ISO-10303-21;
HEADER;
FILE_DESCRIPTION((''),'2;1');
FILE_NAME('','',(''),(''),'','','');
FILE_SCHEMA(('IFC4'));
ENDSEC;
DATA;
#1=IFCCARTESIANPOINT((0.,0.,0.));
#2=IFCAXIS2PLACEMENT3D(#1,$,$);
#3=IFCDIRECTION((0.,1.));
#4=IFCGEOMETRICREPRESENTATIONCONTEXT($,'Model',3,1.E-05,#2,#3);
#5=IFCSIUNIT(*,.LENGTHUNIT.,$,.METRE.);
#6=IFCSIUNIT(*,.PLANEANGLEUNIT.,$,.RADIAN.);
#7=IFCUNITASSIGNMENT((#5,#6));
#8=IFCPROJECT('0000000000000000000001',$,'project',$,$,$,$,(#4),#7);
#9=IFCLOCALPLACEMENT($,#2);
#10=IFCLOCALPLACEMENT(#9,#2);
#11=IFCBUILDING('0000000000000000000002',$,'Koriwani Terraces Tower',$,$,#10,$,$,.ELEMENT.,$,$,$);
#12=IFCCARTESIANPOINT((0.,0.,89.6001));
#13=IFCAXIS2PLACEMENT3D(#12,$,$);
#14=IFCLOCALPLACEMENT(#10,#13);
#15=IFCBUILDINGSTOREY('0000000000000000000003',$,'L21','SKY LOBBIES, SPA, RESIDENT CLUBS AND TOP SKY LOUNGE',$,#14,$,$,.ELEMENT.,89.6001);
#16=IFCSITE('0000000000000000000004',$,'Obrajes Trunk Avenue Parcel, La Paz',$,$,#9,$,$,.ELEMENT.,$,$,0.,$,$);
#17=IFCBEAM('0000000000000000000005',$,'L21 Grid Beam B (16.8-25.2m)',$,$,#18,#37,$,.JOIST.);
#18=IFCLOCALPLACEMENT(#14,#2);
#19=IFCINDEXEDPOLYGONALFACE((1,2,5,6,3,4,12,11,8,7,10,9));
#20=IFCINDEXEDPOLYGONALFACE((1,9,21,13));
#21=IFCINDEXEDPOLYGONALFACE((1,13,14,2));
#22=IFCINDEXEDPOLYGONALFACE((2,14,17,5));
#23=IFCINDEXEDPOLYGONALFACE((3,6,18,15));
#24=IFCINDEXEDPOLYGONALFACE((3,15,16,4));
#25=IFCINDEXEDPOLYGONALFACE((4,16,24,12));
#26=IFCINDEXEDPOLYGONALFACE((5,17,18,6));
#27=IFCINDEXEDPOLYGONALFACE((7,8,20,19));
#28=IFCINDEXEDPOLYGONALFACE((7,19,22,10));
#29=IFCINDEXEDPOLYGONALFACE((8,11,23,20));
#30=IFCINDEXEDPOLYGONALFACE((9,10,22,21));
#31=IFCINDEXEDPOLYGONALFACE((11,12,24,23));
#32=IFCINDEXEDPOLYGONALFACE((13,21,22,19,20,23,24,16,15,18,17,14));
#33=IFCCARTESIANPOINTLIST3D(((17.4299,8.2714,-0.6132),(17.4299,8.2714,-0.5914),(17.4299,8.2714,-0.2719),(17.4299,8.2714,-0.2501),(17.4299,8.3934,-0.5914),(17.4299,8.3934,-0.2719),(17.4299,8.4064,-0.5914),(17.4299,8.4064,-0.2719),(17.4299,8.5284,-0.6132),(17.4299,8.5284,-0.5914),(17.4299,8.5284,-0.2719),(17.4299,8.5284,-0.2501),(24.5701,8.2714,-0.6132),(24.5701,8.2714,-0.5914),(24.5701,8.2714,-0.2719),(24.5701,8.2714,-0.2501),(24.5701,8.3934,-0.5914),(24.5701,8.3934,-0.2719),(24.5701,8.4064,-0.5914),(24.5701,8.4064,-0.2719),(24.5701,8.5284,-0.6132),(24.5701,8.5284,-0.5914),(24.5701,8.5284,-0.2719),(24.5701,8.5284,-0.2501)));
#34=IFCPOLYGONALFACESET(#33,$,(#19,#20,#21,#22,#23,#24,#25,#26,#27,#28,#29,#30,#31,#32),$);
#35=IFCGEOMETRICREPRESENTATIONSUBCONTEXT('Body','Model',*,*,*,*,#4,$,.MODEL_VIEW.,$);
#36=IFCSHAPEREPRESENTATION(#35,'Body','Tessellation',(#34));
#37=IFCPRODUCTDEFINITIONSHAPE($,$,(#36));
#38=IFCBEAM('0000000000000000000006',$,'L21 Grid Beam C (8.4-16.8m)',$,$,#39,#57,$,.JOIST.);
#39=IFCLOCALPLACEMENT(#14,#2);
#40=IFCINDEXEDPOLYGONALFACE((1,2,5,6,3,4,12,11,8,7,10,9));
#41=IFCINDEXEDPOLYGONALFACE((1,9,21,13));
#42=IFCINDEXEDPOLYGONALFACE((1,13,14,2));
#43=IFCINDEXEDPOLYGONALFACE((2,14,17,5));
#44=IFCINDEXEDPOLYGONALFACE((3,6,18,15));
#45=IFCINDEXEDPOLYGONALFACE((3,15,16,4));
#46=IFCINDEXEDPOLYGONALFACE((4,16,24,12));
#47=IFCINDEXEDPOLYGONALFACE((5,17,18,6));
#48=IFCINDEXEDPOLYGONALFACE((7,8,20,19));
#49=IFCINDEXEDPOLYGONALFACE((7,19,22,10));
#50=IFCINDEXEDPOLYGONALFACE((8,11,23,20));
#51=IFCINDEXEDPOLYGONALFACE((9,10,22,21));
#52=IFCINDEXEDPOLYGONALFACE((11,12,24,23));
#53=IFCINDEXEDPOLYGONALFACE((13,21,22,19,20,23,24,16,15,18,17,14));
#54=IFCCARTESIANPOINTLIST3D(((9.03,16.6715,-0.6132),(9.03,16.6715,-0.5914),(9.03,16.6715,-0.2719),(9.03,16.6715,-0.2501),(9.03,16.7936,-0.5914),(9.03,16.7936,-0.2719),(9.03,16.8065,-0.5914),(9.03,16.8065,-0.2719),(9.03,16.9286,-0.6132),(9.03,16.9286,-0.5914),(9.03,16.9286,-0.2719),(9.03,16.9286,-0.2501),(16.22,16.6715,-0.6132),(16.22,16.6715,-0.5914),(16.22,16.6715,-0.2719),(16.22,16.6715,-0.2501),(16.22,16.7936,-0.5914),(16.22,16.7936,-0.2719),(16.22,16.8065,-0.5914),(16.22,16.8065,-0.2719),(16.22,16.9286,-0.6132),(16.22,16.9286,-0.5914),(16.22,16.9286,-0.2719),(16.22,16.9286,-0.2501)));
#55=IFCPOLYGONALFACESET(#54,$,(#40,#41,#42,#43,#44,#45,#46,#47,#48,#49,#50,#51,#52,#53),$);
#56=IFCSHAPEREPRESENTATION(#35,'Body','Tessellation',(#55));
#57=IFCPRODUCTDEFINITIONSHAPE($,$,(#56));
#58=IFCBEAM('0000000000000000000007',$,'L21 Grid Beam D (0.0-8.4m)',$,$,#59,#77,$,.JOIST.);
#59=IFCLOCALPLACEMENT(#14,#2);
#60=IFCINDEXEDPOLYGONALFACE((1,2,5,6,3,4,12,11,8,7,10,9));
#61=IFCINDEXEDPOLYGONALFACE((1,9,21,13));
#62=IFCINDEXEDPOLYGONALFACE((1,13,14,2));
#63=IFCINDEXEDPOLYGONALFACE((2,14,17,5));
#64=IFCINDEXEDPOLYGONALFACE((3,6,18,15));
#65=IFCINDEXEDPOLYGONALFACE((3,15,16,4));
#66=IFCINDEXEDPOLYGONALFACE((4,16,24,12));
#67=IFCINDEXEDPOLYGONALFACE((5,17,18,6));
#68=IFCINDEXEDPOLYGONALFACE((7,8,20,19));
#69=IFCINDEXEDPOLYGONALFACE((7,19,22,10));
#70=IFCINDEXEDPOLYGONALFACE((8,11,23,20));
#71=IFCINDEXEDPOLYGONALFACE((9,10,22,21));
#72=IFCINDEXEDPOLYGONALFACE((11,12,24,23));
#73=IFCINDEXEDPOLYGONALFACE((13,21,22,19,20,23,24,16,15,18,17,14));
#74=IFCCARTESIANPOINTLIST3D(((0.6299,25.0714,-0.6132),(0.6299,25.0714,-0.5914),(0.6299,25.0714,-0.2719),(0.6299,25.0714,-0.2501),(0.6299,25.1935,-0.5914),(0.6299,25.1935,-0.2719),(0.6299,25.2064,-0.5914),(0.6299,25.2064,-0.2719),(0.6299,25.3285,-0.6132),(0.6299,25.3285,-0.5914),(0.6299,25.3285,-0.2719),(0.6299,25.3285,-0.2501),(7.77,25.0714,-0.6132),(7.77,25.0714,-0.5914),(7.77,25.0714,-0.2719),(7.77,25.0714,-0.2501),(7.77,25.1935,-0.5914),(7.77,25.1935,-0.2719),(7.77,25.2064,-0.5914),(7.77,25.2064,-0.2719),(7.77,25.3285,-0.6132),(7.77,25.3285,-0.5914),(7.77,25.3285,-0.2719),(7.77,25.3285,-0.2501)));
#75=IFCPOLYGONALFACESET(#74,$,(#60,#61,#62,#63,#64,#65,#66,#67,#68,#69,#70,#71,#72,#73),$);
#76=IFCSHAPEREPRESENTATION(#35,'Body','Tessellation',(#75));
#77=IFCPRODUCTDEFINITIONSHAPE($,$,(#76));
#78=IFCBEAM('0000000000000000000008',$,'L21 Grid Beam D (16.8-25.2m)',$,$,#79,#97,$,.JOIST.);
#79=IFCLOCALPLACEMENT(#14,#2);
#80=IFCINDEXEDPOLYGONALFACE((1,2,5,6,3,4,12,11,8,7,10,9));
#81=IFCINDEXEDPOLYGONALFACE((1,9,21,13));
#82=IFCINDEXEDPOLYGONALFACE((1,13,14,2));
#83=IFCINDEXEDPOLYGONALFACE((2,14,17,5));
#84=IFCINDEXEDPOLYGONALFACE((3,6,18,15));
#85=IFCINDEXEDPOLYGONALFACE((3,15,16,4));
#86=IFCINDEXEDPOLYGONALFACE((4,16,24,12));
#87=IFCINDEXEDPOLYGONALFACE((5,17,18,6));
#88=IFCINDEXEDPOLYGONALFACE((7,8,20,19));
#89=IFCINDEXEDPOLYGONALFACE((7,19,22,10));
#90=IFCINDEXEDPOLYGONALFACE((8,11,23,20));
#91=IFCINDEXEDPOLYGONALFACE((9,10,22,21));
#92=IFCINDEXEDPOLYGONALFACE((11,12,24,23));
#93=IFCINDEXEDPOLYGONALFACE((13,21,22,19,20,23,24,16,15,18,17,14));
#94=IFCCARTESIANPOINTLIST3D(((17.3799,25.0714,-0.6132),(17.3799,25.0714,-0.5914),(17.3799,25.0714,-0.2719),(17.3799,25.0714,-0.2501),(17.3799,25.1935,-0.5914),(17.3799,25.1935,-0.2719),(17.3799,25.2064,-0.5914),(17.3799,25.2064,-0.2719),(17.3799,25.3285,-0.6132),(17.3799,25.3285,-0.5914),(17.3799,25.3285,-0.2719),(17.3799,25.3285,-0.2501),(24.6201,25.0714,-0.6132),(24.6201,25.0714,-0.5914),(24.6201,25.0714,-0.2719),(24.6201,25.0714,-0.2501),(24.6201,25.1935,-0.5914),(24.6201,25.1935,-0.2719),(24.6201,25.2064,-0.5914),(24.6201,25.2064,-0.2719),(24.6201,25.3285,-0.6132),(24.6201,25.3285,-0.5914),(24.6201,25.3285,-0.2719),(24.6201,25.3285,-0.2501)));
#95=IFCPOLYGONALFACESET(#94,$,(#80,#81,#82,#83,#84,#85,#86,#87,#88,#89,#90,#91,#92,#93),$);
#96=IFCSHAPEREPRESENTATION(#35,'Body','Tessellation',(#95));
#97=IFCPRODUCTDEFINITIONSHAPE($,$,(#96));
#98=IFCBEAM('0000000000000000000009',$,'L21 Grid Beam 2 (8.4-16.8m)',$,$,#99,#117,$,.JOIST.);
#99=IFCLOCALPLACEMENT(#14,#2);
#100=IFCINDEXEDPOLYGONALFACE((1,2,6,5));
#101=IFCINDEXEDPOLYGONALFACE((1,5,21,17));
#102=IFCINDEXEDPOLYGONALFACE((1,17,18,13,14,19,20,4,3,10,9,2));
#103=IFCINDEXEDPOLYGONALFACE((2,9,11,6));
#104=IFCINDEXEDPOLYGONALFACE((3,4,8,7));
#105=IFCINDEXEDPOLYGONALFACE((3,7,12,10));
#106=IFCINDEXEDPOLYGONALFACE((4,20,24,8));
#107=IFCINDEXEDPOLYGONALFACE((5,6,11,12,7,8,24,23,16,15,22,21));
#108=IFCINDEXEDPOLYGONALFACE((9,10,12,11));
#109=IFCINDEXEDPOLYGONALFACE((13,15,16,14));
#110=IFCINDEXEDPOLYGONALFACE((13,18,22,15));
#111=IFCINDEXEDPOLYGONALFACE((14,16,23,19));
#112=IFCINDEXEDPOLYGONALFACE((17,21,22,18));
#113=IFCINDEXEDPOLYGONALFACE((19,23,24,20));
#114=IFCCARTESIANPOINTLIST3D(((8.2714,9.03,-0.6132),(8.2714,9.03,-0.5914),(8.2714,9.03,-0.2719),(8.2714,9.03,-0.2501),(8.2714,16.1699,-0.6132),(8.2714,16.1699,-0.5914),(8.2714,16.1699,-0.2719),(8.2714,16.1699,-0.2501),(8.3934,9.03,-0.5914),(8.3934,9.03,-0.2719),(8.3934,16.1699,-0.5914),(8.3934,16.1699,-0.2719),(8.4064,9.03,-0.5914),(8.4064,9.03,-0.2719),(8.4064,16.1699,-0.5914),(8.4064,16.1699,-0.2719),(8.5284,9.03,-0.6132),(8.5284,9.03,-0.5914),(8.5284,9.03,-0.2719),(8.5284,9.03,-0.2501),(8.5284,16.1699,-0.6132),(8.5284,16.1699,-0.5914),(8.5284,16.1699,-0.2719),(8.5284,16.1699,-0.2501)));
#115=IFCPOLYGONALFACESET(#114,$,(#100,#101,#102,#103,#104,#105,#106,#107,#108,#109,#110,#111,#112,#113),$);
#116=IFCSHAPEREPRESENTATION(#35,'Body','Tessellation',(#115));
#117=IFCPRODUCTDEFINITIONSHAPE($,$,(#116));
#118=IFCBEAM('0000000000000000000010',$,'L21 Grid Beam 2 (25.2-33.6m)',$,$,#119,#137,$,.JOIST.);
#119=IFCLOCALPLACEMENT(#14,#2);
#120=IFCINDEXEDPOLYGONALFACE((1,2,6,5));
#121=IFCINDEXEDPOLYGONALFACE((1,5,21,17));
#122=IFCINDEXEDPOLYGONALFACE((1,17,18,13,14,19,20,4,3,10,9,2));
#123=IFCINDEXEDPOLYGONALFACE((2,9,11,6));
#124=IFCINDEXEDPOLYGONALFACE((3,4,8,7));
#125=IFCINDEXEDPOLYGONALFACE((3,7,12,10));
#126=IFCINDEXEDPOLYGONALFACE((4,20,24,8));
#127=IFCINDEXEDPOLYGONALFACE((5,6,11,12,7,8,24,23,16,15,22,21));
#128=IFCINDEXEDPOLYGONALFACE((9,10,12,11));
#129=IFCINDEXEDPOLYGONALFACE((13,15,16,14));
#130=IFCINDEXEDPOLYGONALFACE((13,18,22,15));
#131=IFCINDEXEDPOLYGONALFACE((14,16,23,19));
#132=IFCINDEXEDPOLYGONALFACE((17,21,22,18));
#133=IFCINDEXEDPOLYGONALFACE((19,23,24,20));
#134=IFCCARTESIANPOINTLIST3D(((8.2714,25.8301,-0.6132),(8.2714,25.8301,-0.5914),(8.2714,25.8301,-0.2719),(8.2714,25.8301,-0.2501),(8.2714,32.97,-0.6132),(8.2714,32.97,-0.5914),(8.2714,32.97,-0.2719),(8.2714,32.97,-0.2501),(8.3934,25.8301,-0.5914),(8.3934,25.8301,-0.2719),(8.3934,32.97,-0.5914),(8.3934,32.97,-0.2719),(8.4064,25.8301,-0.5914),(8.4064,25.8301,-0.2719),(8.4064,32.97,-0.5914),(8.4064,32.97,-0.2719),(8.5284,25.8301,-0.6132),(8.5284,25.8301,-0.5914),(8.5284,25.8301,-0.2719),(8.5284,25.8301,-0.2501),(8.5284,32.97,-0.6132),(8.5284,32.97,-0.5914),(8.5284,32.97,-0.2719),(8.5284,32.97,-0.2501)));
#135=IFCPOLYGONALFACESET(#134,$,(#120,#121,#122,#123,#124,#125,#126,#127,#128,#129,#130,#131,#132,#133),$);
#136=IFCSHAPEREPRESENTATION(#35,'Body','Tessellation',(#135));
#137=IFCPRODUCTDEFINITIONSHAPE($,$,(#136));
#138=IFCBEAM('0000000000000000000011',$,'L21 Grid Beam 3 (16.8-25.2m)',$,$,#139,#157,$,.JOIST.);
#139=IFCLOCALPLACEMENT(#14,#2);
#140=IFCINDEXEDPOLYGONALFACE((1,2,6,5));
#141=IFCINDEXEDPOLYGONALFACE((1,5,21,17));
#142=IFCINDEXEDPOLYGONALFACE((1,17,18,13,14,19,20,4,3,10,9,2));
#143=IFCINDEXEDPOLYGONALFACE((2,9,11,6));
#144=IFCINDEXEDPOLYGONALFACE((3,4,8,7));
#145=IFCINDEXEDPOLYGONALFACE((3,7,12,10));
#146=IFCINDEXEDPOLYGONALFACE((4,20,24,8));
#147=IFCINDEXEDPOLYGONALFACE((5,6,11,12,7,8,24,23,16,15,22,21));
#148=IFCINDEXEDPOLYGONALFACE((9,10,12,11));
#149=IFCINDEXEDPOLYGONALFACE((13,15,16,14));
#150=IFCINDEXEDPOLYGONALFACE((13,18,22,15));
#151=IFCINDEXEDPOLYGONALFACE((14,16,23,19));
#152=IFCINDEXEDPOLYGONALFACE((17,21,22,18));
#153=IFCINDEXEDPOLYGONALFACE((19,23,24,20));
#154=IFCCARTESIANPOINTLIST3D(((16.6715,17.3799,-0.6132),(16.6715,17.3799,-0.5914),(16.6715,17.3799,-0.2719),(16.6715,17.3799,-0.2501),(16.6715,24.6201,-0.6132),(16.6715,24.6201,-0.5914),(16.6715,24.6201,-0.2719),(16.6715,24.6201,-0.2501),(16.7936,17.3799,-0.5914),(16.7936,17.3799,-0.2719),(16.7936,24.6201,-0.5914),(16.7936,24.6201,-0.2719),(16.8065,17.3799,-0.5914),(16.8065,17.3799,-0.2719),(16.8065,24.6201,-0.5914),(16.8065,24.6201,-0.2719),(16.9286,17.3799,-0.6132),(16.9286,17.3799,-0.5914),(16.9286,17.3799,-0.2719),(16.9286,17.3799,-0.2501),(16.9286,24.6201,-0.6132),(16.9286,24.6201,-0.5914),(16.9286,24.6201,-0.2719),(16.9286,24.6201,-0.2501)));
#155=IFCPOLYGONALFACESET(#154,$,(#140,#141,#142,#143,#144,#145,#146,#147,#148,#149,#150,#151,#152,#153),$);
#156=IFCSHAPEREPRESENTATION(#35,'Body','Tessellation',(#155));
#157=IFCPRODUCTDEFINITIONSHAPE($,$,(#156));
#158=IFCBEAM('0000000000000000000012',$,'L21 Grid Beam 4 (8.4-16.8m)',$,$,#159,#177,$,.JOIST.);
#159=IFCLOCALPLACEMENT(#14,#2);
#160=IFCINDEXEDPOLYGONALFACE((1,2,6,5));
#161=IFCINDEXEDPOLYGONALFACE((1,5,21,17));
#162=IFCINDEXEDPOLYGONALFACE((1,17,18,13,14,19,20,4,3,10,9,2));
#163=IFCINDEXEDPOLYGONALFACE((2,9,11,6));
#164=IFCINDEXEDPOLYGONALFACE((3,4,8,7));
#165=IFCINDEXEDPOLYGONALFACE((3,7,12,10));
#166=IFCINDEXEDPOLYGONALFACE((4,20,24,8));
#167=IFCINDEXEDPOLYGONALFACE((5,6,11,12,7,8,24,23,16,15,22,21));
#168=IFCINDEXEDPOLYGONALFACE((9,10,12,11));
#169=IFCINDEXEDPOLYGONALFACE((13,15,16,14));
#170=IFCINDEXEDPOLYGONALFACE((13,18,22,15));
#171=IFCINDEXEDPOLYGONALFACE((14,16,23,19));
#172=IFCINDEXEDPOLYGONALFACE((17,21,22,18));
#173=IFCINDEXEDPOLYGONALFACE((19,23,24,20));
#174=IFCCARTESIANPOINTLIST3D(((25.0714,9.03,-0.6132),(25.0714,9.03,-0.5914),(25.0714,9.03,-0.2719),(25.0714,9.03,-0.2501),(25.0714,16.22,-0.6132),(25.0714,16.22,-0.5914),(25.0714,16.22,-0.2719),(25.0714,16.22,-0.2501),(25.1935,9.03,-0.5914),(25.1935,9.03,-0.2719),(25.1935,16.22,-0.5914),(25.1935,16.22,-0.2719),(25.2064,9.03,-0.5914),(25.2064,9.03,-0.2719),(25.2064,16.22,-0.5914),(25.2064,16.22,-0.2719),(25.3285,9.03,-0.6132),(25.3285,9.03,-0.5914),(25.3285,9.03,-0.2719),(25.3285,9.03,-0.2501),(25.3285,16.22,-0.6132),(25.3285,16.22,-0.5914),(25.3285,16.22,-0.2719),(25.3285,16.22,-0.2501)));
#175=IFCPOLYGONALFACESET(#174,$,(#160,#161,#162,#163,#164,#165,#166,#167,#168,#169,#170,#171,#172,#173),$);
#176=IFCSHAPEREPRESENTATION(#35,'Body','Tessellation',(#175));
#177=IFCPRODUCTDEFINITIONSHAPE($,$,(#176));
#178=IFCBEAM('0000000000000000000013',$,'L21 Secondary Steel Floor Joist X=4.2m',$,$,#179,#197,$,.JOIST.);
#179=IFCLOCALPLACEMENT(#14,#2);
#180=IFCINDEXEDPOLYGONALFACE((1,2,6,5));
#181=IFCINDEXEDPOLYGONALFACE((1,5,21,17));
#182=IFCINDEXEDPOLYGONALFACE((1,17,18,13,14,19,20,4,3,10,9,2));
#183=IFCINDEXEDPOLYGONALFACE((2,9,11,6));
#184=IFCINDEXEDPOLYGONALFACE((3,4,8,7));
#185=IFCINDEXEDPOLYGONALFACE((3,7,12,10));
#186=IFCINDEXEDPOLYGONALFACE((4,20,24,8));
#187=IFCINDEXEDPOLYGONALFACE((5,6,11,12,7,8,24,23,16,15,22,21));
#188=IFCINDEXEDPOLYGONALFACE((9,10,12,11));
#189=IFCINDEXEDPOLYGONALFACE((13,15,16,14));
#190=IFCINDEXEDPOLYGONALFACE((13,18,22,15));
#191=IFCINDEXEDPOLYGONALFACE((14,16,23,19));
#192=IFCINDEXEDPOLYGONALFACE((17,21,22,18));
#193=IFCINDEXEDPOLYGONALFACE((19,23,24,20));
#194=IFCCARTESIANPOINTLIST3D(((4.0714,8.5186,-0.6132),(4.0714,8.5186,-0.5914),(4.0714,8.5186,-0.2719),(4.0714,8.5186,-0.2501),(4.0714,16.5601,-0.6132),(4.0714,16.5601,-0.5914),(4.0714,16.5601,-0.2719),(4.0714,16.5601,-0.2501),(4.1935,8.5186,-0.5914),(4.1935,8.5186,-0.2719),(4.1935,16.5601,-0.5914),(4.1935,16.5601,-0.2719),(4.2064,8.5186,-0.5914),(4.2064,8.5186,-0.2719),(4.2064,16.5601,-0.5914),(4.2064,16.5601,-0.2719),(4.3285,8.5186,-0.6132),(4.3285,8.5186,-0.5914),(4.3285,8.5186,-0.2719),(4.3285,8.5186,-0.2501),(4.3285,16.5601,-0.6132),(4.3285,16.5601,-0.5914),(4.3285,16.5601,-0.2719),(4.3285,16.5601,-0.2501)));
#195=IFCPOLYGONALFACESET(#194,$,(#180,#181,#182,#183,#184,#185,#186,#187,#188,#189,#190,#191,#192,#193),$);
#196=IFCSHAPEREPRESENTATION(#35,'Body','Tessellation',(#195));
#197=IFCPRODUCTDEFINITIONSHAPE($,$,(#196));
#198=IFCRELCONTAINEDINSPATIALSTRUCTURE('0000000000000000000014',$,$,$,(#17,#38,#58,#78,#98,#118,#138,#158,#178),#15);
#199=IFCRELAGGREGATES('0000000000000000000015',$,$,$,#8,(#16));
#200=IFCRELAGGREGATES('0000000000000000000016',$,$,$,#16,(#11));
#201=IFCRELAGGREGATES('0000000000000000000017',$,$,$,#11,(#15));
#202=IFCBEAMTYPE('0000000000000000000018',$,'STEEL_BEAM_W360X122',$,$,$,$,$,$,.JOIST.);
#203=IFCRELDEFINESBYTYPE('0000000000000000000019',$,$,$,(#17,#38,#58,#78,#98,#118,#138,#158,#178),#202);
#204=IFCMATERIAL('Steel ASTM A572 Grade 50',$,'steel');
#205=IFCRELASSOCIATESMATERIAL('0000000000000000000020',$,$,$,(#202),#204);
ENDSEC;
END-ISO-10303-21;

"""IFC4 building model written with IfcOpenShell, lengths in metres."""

from ifc_helpers import new_model, si_unit, direction, frame, origin, origin_2d, place, context, subcontext, project, spatial, i_section, extrude, material, material_profile, profile_set, type_object, element, save


model = new_model("IFC4")

# Units and contexts
model_context = context("Model", 3, precision=1e-05, world=origin(), true_north=direction((0.0, 1.0)))
body_context = subcontext(model_context, "Body", "Model", "MODEL_VIEW")
ifc_project = project(units=[si_unit("LENGTHUNIT", "METRE"), si_unit("PLANEANGLEUNIT", "RADIAN")], contexts=[model_context])

# Site, building, storey
site_placement = place(None, origin())
site = spatial("IfcSite", under=ifc_project, at=site_placement, Name="Obrajes Trunk Avenue Parcel, La Paz", CompositionType="ELEMENT", RefElevation=0.0)
building_placement = place(site_placement, origin())
building = spatial("IfcBuilding", under=site, at=building_placement, Name="Koriwani Terraces Tower", CompositionType="ELEMENT")
storey_placement = place(building_placement, frame((0.0, 0.0, 89.6001)))
storey = spatial("IfcBuildingStorey", under=building, at=storey_placement, Name="L21", Description="SKY LOBBIES, SPA, RESIDENT CLUBS AND TOP SKY LOUNGE", CompositionType="ELEMENT", Elevation=89.6001)

# Beams
ifc_material_1 = material(Name="Steel ASTM A572 Grade 50", Category="steel")
ifc_material_profile_1 = material_profile(ifc_material_1, i_section(OverallWidth=0.2571, OverallDepth=0.363, WebThickness=0.0129, FlangeThickness=0.0217, at=origin_2d()), Name="Steel ASTM A572 Grade 50", Category="LoadBearing")
ifc_profile_set_1 = profile_set([ifc_material_profile_1], Name="Steel ASTM A572 Grade 50")
beam_type_1 = type_object("IfcBeamType", Name="STEEL_BEAM_W360X122", PredefinedType="JOIST", material=ifc_profile_set_1)
beam_1_placement = place(storey_placement, frame((17.4299, 8.3999, -0.4316), z_axis=(1.0, 0.0, 0.0), x_axis=(0.0, 1.0, 0.0)))
element("IfcBeam", 1, at=beam_1_placement, inside=storey, type_object=beam_type_1, Name="L21 Grid Beam B (16.8-25.2m)", PredefinedType="JOIST", context=body_context, shape_type="SweptSolid", body=[
    extrude(i_section(OverallWidth=0.2571, OverallDepth=0.363, WebThickness=0.0129, FlangeThickness=0.0217, at=origin_2d()), origin(), (0.0, 0.0, 1.0), 7.1401),
])
beam_2_placement = place(storey_placement, frame((9.03, 16.8, -0.4316), z_axis=(1.0, 0.0, 0.0), x_axis=(0.0, 1.0, 0.0)))
element("IfcBeam", 2, at=beam_2_placement, inside=storey, type_object=beam_type_1, Name="L21 Grid Beam C (8.4-16.8m)", PredefinedType="JOIST", context=body_context, shape_type="SweptSolid", body=[
    extrude(i_section(OverallWidth=0.2571, OverallDepth=0.363, WebThickness=0.0129, FlangeThickness=0.0217, at=origin_2d()), origin(), (0.0, 0.0, 1.0), 7.1899),
])
beam_3_placement = place(storey_placement, frame((0.6299, 25.2, -0.4316), z_axis=(1.0, 0.0, 0.0), x_axis=(0.0, 1.0, 0.0)))
element("IfcBeam", 3, at=beam_3_placement, inside=storey, type_object=beam_type_1, Name="L21 Grid Beam D (0.0-8.4m)", PredefinedType="JOIST", context=body_context, shape_type="SweptSolid", body=[
    extrude(i_section(OverallWidth=0.2571, OverallDepth=0.363, WebThickness=0.0129, FlangeThickness=0.0217, at=origin_2d()), origin(), (0.0, 0.0, 1.0), 7.1401),
])
beam_4_placement = place(storey_placement, frame((17.3799, 25.2, -0.4316), z_axis=(1.0, 0.0, 0.0), x_axis=(0.0, 1.0, 0.0)))
element("IfcBeam", 4, at=beam_4_placement, inside=storey, type_object=beam_type_1, Name="L21 Grid Beam D (16.8-25.2m)", PredefinedType="JOIST", context=body_context, shape_type="SweptSolid", body=[
    extrude(i_section(OverallWidth=0.2571, OverallDepth=0.363, WebThickness=0.0129, FlangeThickness=0.0217, at=origin_2d()), origin(), (0.0, 0.0, 1.0), 7.2402),
])
for number, where, z_axis, x_axis, name in (
    (5, (8.3999, 9.03, -0.4316), (0.0, 1.0, 0.0), (-1.0, 0.0, 0.0), "L21 Grid Beam 2 (8.4-16.8m)"),
    (6, (8.3999, 25.8301, -0.4316), (0.0, 1.0, 0.0), (-1.0, 0.0, 0.0), "L21 Grid Beam 2 (25.2-33.6m)"),
):
    element("IfcBeam", number, at=place(storey_placement, frame(where, z_axis=z_axis, x_axis=x_axis)), inside=storey, type_object=beam_type_1, Name=name, PredefinedType="JOIST", context=body_context, shape_type="SweptSolid", body=[
        extrude(i_section(OverallWidth=0.2571, OverallDepth=0.363, WebThickness=0.0129, FlangeThickness=0.0217, at=origin_2d()), origin(), (0.0, 0.0, 1.0), 7.1399),
    ])
beam_5_placement = place(storey_placement, frame((16.8, 17.3799, -0.4316), z_axis=(0.0, 1.0, 0.0), x_axis=(-1.0, 0.0, 0.0)))
element("IfcBeam", 7, at=beam_5_placement, inside=storey, type_object=beam_type_1, Name="L21 Grid Beam 3 (16.8-25.2m)", PredefinedType="JOIST", context=body_context, shape_type="SweptSolid", body=[
    extrude(i_section(OverallWidth=0.2571, OverallDepth=0.363, WebThickness=0.0129, FlangeThickness=0.0217, at=origin_2d()), origin(), (0.0, 0.0, 1.0), 7.2402),
])
beam_6_placement = place(storey_placement, frame((25.2, 9.03, -0.4316), z_axis=(0.0, 1.0, 0.0), x_axis=(-1.0, 0.0, 0.0)))
element("IfcBeam", 8, at=beam_6_placement, inside=storey, type_object=beam_type_1, Name="L21 Grid Beam 4 (8.4-16.8m)", PredefinedType="JOIST", context=body_context, shape_type="SweptSolid", body=[
    extrude(i_section(OverallWidth=0.2571, OverallDepth=0.363, WebThickness=0.0129, FlangeThickness=0.0217, at=origin_2d()), origin(), (0.0, 0.0, 1.0), 7.1899),
])
for number, where, z_axis, x_axis, name in (
    (9, (4.2, 8.5186, -0.4316), (0.0, 1.0, 0.0), (-1.0, 0.0, 0.0), "L21 Secondary Steel Floor Joist X=4.2m"),
):
    element("IfcBeam", number, at=place(storey_placement, frame(where, z_axis=z_axis, x_axis=x_axis)), inside=storey, type_object=beam_type_1, Name=name, PredefinedType="JOIST", context=body_context, shape_type="SweptSolid", body=[
        extrude(i_section(OverallWidth=0.2571, OverallDepth=0.363, WebThickness=0.0129, FlangeThickness=0.0217, at=origin_2d()), origin(), (0.0, 0.0, 1.0), 8.0415),
    ])

save(model, "model.ifc")
